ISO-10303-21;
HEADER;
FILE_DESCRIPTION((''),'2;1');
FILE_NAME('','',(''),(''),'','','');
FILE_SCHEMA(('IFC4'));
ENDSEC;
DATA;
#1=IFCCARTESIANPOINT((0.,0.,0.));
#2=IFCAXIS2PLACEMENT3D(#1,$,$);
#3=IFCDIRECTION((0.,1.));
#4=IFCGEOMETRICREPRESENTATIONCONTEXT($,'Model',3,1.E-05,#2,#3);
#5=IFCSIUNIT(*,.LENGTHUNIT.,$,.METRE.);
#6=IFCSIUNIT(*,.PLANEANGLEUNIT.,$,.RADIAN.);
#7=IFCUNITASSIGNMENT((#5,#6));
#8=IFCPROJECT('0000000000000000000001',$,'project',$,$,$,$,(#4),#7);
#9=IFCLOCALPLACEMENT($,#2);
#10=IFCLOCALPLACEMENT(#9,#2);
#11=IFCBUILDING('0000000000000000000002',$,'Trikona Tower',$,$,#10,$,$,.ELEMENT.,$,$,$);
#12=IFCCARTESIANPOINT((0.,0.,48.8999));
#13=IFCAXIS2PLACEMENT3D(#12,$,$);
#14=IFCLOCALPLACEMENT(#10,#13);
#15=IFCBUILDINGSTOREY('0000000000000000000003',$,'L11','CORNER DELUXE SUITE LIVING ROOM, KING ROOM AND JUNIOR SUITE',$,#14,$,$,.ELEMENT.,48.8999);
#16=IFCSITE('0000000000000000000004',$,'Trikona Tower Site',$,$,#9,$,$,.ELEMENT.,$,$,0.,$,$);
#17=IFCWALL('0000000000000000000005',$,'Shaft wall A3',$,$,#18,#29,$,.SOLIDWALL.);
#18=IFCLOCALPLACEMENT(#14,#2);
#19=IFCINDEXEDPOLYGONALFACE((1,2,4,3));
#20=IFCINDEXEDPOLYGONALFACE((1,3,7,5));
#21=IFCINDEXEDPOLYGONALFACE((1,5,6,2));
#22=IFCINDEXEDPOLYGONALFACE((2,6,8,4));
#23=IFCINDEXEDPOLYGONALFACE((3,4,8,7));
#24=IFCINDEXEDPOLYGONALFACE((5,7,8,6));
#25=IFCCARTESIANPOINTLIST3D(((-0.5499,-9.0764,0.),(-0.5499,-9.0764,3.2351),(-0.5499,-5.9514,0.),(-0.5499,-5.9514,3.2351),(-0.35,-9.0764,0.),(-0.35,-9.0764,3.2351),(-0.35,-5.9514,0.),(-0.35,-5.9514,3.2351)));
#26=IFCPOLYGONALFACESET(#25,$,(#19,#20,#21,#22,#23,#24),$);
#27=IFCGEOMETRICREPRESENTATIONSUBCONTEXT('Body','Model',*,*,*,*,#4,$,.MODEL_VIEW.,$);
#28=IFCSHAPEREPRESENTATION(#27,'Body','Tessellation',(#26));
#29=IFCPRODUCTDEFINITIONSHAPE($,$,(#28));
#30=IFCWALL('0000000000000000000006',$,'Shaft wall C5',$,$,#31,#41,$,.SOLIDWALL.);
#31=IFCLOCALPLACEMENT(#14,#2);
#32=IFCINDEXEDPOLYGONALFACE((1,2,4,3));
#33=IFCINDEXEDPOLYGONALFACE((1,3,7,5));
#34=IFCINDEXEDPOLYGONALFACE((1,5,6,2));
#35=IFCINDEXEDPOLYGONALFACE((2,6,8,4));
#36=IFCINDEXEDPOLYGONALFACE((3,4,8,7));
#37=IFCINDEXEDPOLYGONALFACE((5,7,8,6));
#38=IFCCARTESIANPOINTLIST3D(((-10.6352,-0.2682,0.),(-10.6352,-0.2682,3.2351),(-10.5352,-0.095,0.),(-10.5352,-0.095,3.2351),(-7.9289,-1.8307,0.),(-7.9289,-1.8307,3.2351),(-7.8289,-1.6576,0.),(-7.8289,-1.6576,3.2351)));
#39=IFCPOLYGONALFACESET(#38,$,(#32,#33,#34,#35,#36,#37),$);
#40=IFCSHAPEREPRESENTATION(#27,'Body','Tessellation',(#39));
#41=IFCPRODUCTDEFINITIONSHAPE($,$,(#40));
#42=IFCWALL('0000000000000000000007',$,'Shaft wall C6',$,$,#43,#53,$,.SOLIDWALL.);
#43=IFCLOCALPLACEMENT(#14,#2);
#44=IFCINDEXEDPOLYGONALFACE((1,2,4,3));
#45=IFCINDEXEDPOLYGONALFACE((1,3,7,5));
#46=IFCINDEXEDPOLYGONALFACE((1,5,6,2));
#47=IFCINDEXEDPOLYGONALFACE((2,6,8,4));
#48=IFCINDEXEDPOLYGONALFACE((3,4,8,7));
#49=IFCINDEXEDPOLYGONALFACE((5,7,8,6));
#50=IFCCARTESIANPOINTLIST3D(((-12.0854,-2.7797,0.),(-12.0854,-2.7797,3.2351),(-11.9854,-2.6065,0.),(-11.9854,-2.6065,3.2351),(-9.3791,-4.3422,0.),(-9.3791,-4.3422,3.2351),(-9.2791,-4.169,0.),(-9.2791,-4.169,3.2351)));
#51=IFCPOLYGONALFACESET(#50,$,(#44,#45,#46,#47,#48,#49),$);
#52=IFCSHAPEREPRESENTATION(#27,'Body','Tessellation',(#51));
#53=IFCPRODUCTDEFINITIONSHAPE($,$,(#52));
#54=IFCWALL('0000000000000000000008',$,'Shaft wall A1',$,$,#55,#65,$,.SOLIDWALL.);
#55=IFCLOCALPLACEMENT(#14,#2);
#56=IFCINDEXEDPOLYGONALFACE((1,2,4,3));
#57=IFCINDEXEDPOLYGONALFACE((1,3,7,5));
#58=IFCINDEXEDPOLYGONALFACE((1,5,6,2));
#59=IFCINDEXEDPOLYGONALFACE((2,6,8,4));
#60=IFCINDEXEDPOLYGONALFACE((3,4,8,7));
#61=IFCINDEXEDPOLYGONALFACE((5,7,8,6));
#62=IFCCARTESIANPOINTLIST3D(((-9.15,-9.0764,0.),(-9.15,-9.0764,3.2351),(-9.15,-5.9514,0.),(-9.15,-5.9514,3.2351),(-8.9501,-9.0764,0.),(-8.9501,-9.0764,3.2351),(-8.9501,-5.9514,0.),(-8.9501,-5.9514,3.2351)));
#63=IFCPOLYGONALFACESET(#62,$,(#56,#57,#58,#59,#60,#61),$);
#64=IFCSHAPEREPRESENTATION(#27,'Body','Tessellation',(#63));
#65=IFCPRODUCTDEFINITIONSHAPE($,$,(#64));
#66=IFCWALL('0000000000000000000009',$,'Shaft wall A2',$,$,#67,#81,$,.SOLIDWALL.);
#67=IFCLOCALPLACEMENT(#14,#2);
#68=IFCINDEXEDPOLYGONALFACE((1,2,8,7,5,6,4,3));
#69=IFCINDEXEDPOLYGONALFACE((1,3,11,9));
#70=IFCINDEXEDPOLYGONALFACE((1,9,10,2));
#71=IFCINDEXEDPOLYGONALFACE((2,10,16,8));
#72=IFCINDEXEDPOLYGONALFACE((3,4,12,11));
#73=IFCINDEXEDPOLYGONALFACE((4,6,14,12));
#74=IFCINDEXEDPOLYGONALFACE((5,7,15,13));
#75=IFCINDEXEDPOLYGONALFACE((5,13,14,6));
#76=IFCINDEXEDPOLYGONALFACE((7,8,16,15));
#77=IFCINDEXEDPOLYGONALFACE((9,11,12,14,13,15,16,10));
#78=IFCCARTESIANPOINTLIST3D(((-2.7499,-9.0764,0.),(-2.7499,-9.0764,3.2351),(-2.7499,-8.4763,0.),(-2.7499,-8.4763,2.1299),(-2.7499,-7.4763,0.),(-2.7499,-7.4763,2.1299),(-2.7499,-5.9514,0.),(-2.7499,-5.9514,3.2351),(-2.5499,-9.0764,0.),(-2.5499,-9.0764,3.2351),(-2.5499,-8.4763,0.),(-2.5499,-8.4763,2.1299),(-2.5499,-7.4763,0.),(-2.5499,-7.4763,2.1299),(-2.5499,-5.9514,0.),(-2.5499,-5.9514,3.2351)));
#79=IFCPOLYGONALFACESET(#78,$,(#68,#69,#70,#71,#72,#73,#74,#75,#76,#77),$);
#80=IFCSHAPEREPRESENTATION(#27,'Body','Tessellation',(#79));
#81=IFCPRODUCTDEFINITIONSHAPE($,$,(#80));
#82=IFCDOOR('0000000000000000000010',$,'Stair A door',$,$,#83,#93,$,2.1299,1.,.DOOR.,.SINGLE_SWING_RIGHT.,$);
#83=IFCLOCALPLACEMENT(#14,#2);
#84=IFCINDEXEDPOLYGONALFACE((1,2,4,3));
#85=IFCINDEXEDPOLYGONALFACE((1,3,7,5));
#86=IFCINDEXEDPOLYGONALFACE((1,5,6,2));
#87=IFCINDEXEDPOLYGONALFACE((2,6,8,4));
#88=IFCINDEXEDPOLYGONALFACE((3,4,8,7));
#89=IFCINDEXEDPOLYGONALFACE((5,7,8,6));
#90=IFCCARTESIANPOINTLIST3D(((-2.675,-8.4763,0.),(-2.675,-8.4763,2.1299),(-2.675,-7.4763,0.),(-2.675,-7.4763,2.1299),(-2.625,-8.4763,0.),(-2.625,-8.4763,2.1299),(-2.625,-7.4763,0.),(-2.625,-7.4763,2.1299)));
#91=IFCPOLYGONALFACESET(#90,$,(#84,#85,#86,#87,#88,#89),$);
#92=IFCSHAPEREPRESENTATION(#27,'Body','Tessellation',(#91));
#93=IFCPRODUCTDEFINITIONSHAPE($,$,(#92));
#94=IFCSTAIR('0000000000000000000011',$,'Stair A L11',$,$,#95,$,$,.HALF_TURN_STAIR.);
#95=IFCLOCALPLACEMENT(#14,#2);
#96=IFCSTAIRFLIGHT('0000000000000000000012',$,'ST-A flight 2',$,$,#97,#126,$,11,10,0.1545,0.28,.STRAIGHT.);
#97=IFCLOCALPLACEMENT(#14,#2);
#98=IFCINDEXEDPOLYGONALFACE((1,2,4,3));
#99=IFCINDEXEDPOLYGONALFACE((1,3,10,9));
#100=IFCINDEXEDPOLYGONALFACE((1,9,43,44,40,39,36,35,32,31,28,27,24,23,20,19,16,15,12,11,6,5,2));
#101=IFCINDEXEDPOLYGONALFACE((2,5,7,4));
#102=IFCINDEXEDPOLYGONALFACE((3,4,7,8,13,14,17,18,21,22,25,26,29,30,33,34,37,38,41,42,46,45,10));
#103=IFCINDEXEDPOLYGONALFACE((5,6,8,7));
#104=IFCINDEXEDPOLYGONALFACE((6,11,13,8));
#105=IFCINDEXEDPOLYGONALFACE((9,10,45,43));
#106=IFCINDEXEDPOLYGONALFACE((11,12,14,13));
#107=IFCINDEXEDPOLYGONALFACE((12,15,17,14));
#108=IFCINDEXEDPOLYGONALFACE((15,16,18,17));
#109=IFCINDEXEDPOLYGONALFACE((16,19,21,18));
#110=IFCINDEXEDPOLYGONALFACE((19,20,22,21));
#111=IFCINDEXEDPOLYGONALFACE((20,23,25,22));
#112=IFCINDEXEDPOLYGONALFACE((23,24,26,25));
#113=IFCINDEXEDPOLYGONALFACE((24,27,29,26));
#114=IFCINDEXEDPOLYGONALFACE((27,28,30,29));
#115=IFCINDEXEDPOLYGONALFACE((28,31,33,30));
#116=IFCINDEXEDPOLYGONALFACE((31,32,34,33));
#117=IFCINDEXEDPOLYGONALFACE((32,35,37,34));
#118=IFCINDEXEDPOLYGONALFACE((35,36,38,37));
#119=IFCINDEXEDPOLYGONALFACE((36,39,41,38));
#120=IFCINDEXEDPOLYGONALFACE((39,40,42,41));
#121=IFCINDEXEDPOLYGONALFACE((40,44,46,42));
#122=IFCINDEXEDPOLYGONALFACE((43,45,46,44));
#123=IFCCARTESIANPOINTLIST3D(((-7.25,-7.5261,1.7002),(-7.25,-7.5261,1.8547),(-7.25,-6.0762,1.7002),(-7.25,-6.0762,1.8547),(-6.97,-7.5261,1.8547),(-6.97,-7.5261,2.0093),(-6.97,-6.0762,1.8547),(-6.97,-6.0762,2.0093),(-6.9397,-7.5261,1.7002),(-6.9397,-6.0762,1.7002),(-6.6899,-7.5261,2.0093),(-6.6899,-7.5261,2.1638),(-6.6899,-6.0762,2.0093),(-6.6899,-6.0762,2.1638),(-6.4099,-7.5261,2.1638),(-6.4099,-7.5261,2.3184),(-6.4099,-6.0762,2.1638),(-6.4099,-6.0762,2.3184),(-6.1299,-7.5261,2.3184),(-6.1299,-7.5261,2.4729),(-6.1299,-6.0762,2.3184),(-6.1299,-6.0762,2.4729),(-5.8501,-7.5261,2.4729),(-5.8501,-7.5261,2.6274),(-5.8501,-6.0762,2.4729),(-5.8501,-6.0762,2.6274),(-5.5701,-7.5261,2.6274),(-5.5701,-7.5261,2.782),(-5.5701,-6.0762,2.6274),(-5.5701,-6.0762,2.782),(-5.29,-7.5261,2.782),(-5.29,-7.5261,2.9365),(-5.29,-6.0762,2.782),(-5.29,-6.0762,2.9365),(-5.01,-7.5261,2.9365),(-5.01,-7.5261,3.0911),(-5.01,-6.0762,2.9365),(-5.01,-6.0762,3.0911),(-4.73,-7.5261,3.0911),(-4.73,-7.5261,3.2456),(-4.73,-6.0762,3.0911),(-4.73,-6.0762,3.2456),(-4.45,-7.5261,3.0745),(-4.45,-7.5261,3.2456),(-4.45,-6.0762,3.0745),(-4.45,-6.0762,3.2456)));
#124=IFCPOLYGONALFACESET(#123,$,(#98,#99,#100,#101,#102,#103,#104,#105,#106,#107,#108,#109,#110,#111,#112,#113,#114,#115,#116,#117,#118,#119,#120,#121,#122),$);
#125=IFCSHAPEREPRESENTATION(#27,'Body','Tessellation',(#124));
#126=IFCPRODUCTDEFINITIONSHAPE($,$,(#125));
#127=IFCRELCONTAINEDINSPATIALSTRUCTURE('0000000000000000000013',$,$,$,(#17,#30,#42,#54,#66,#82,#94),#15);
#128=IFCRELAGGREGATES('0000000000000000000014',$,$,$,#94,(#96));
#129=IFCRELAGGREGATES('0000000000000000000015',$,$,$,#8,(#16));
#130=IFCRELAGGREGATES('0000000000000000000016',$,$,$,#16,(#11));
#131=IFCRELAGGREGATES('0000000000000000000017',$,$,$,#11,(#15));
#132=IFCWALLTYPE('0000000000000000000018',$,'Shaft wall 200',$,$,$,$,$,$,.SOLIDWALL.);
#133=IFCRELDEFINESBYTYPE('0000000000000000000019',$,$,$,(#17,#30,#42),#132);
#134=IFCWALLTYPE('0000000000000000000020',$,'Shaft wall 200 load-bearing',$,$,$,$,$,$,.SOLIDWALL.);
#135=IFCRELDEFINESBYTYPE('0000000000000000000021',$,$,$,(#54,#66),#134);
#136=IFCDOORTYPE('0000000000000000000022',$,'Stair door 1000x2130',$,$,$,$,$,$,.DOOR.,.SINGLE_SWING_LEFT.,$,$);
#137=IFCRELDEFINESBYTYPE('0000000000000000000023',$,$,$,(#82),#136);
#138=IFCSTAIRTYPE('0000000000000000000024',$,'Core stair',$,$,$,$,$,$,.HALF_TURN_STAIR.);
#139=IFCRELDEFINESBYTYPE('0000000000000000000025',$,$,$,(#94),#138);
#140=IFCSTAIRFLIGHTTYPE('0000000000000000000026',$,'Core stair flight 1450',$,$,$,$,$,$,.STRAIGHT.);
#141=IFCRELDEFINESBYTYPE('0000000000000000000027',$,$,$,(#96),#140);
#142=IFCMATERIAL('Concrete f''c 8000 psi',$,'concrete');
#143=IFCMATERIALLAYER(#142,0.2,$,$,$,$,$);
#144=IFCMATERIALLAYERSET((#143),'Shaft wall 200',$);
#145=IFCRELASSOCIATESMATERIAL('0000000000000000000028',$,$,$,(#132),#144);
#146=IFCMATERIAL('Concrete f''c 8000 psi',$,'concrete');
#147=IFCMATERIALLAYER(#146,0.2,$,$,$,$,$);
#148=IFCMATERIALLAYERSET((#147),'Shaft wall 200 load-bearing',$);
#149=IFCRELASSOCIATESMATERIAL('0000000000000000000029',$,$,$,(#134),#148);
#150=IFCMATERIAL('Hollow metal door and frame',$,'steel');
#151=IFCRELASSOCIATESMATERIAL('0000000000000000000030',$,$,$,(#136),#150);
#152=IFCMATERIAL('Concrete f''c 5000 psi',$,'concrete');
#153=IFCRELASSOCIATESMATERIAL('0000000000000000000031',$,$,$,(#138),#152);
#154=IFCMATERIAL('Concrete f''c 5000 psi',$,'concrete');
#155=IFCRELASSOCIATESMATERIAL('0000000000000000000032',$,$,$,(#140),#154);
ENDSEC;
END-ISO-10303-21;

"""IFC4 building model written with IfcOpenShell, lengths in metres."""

from ifc_helpers import new_model, si_unit, direction, frame, frame_2d, origin, place, context, subcontext, project, spatial, polyline, rectangle, outline, extrude, material, layer, layer_set, type_object, element, fill, aggregate, save


model = new_model("IFC4")

# Units and contexts
model_context = context("Model", 3, precision=1e-05, world=origin(), true_north=direction((0.0, 1.0)))
body_context = subcontext(model_context, "Body", "Model", "MODEL_VIEW")
ifc_project = project(units=[si_unit("LENGTHUNIT", "METRE"), si_unit("PLANEANGLEUNIT", "RADIAN")], contexts=[model_context])

# Site, building, storey
site_placement = place(None, origin())
site = spatial("IfcSite", under=ifc_project, at=site_placement, Name="Trikona Tower Site", CompositionType="ELEMENT", RefElevation=0.0)
building_placement = place(site_placement, origin())
building = spatial("IfcBuilding", under=site, at=building_placement, Name="Trikona Tower", CompositionType="ELEMENT")
storey_placement = place(building_placement, frame((0.0, 0.0, 48.8999)))
storey = spatial("IfcBuildingStorey", under=building, at=storey_placement, Name="L11", Description="CORNER DELUXE SUITE LIVING ROOM, KING ROOM AND JUNIOR SUITE", CompositionType="ELEMENT", Elevation=48.8999)

# Walls
ifc_material_1 = material(Name="Concrete f'c 8000 psi", Category="concrete")
ifc_layer_1 = layer(ifc_material_1, 0.2)
ifc_layer_set_1 = layer_set([ifc_layer_1], Name="Shaft wall 200")
wall_type_1 = type_object("IfcWallType", Name="Shaft wall 200", PredefinedType="SOLIDWALL", material=ifc_layer_set_1)
for number, where, z_axis, x_axis, name in (
    (1, (-0.45, -5.9514, 0.0), (0.0, 0.0, 1.0), (0.0, -1.0, 0.0), "Shaft wall A3"),
    (2, (-7.8789, -1.7441, 0.0), (0.0, 0.0, 1.0), (-0.866023, 0.500004, 0.0), "Shaft wall C5"),
    (3, (-9.3291, -4.2556, 0.0), (0.0, 0.0, 1.0), (-0.866023, 0.500004, 0.0), "Shaft wall C6"),
):
    element("IfcWall", number, at=place(storey_placement, frame(where, z_axis=z_axis, x_axis=x_axis)), inside=storey, type_object=wall_type_1, Name=name, PredefinedType="SOLIDWALL", context=body_context, shape_type="SweptSolid", body=[
        extrude(rectangle(XDim=3.125, YDim=0.2, at=frame_2d((1.5625, 0.0))), origin(), (0.0, 0.0, 1.0), 3.2351),
    ])
ifc_material_2 = material(Name="Concrete f'c 8000 psi", Category="concrete")
ifc_layer_2 = layer(ifc_material_2, 0.2)
ifc_layer_set_2 = layer_set([ifc_layer_2], Name="Shaft wall 200 load-bearing")
wall_type_2 = type_object("IfcWallType", Name="Shaft wall 200 load-bearing", PredefinedType="SOLIDWALL", material=ifc_layer_set_2)
wall_1_placement = place(storey_placement, frame((-9.05, -5.9514, 0.0), z_axis=(0.0, 0.0, 1.0), x_axis=(0.0, -1.0, 0.0)))
element("IfcWall", 4, at=wall_1_placement, inside=storey, type_object=wall_type_2, Name="Shaft wall A1", PredefinedType="SOLIDWALL", context=body_context, shape_type="SweptSolid", body=[
    extrude(rectangle(XDim=3.125, YDim=0.2, at=frame_2d((1.5625, 0.0))), origin(), (0.0, 0.0, 1.0), 3.2351),
])

# Wall, opening, door
wall_2_placement = place(storey_placement, frame((-2.6499, -5.9514, 0.0), z_axis=(0.0, 0.0, 1.0), x_axis=(0.0, -1.0, 0.0)))
wall_2 = element("IfcWall", 5, at=wall_2_placement, inside=storey, type_object=wall_type_2, Name="Shaft wall A2", PredefinedType="SOLIDWALL", context=body_context, shape_type="SweptSolid", body=[
    extrude(rectangle(XDim=3.125, YDim=0.2, at=frame_2d((1.5625, 0.0))), origin(), (0.0, 0.0, 1.0), 3.2351),
])
opening_1_placement = place(wall_2_placement, frame((1.5249, 0.0, 0.0)))
opening_1 = element("IfcOpeningElement", 6, at=opening_1_placement, cuts=wall_2, PredefinedType="OPENING", context=body_context, shape_type="SweptSolid", body=[
    extrude(rectangle(XDim=1.0, YDim=2.1299, at=frame_2d((0.5, 1.0649))), frame((0.0, 0.1099, 0.0), z_axis=(0.0, -1.0, 0.0), x_axis=(1.0, 0.0, 0.0)), (0.0, 0.0, 1.0), 0.22),
])
ifc_material_3 = material(Name="Hollow metal door and frame", Category="steel")
door_type_1 = type_object("IfcDoorType", Name="Stair door 1000x2130", OperationType="SINGLE_SWING_LEFT", PredefinedType="DOOR", material=ifc_material_3)
door_1_placement = place(opening_1_placement, origin())
door_1 = element("IfcDoor", 7, at=door_1_placement, inside=storey, type_object=door_type_1, Name="Stair A door", OperationType="SINGLE_SWING_RIGHT", OverallHeight=2.1299, OverallWidth=1.0, PredefinedType="DOOR", context=body_context, shape_type="SweptSolid", body=[
    extrude(rectangle(XDim=1.0, YDim=2.1299, at=frame_2d((0.5, 1.0649))), frame((0.0, 0.0249, 0.0), z_axis=(0.0, -1.0, 0.0), x_axis=(1.0, 0.0, 0.0)), (0.0, 0.0, 1.0), 0.05),
])
fill(opening_1, door_1)

# Stair, stair flight
ifc_material_4 = material(Name="Concrete f'c 5000 psi", Category="concrete")
stair_type = type_object("IfcStairType", Name="Core stair", PredefinedType="HALF_TURN_STAIR", material=ifc_material_4)
stair_placement = place(storey_placement, origin())
stair = element("IfcStair", 8, at=stair_placement, inside=storey, type_object=stair_type, Name="Stair A L11", PredefinedType="HALF_TURN_STAIR")
ifc_material_5 = material(Name="Concrete f'c 5000 psi", Category="concrete")
stair_flight_type = type_object("IfcStairFlightType", Name="Core stair flight 1450", PredefinedType="STRAIGHT", material=ifc_material_5)
stair_flight_placement = place(storey_placement, frame((-7.25, -6.8013, 1.7002), z_axis=(0.0, 0.0, 1.0), x_axis=(1.0, 0.0, 0.0)))
stair_flight = element("IfcStairFlight", 9, at=stair_flight_placement, type_object=stair_flight_type, Name="ST-A flight 2", NumberOfRisers=11, NumberOfTreads=10, PredefinedType="STRAIGHT", RiserHeight=0.1545, TreadLength=0.28, context=body_context, shape_type="SweptSolid", body=[
    extrude(outline(polyline([(0.0, 0.0), (0.0, 0.1545), (0.28, 0.1545), (0.28, 0.3091), (0.5601, 0.3091), (0.5601, 0.4636), (0.8401, 0.4636), (0.8401, 0.6182), (1.1201, 0.6182), (1.1201, 0.7727), (1.3999, 0.7727), (1.3999, 0.9272), (1.6799, 0.9272), (1.6799, 1.0818), (1.96, 1.0818), (1.96, 1.2363), (2.24, 1.2363), (2.24, 1.3909), (2.52, 1.3909), (2.52, 1.5454), (2.8, 1.5454), (2.8, 1.7), (2.8, 1.3743), (0.3103, 0.0), (0.0, 0.0)])), frame((0.0, 0.7251, 0.0), z_axis=(0.0, -1.0, 0.0), x_axis=(1.0, 0.0, 0.0)), (0.0, 0.0, 1.0), 1.45),
])
aggregate(stair, [stair_flight])

save(model, "model.ifc")
